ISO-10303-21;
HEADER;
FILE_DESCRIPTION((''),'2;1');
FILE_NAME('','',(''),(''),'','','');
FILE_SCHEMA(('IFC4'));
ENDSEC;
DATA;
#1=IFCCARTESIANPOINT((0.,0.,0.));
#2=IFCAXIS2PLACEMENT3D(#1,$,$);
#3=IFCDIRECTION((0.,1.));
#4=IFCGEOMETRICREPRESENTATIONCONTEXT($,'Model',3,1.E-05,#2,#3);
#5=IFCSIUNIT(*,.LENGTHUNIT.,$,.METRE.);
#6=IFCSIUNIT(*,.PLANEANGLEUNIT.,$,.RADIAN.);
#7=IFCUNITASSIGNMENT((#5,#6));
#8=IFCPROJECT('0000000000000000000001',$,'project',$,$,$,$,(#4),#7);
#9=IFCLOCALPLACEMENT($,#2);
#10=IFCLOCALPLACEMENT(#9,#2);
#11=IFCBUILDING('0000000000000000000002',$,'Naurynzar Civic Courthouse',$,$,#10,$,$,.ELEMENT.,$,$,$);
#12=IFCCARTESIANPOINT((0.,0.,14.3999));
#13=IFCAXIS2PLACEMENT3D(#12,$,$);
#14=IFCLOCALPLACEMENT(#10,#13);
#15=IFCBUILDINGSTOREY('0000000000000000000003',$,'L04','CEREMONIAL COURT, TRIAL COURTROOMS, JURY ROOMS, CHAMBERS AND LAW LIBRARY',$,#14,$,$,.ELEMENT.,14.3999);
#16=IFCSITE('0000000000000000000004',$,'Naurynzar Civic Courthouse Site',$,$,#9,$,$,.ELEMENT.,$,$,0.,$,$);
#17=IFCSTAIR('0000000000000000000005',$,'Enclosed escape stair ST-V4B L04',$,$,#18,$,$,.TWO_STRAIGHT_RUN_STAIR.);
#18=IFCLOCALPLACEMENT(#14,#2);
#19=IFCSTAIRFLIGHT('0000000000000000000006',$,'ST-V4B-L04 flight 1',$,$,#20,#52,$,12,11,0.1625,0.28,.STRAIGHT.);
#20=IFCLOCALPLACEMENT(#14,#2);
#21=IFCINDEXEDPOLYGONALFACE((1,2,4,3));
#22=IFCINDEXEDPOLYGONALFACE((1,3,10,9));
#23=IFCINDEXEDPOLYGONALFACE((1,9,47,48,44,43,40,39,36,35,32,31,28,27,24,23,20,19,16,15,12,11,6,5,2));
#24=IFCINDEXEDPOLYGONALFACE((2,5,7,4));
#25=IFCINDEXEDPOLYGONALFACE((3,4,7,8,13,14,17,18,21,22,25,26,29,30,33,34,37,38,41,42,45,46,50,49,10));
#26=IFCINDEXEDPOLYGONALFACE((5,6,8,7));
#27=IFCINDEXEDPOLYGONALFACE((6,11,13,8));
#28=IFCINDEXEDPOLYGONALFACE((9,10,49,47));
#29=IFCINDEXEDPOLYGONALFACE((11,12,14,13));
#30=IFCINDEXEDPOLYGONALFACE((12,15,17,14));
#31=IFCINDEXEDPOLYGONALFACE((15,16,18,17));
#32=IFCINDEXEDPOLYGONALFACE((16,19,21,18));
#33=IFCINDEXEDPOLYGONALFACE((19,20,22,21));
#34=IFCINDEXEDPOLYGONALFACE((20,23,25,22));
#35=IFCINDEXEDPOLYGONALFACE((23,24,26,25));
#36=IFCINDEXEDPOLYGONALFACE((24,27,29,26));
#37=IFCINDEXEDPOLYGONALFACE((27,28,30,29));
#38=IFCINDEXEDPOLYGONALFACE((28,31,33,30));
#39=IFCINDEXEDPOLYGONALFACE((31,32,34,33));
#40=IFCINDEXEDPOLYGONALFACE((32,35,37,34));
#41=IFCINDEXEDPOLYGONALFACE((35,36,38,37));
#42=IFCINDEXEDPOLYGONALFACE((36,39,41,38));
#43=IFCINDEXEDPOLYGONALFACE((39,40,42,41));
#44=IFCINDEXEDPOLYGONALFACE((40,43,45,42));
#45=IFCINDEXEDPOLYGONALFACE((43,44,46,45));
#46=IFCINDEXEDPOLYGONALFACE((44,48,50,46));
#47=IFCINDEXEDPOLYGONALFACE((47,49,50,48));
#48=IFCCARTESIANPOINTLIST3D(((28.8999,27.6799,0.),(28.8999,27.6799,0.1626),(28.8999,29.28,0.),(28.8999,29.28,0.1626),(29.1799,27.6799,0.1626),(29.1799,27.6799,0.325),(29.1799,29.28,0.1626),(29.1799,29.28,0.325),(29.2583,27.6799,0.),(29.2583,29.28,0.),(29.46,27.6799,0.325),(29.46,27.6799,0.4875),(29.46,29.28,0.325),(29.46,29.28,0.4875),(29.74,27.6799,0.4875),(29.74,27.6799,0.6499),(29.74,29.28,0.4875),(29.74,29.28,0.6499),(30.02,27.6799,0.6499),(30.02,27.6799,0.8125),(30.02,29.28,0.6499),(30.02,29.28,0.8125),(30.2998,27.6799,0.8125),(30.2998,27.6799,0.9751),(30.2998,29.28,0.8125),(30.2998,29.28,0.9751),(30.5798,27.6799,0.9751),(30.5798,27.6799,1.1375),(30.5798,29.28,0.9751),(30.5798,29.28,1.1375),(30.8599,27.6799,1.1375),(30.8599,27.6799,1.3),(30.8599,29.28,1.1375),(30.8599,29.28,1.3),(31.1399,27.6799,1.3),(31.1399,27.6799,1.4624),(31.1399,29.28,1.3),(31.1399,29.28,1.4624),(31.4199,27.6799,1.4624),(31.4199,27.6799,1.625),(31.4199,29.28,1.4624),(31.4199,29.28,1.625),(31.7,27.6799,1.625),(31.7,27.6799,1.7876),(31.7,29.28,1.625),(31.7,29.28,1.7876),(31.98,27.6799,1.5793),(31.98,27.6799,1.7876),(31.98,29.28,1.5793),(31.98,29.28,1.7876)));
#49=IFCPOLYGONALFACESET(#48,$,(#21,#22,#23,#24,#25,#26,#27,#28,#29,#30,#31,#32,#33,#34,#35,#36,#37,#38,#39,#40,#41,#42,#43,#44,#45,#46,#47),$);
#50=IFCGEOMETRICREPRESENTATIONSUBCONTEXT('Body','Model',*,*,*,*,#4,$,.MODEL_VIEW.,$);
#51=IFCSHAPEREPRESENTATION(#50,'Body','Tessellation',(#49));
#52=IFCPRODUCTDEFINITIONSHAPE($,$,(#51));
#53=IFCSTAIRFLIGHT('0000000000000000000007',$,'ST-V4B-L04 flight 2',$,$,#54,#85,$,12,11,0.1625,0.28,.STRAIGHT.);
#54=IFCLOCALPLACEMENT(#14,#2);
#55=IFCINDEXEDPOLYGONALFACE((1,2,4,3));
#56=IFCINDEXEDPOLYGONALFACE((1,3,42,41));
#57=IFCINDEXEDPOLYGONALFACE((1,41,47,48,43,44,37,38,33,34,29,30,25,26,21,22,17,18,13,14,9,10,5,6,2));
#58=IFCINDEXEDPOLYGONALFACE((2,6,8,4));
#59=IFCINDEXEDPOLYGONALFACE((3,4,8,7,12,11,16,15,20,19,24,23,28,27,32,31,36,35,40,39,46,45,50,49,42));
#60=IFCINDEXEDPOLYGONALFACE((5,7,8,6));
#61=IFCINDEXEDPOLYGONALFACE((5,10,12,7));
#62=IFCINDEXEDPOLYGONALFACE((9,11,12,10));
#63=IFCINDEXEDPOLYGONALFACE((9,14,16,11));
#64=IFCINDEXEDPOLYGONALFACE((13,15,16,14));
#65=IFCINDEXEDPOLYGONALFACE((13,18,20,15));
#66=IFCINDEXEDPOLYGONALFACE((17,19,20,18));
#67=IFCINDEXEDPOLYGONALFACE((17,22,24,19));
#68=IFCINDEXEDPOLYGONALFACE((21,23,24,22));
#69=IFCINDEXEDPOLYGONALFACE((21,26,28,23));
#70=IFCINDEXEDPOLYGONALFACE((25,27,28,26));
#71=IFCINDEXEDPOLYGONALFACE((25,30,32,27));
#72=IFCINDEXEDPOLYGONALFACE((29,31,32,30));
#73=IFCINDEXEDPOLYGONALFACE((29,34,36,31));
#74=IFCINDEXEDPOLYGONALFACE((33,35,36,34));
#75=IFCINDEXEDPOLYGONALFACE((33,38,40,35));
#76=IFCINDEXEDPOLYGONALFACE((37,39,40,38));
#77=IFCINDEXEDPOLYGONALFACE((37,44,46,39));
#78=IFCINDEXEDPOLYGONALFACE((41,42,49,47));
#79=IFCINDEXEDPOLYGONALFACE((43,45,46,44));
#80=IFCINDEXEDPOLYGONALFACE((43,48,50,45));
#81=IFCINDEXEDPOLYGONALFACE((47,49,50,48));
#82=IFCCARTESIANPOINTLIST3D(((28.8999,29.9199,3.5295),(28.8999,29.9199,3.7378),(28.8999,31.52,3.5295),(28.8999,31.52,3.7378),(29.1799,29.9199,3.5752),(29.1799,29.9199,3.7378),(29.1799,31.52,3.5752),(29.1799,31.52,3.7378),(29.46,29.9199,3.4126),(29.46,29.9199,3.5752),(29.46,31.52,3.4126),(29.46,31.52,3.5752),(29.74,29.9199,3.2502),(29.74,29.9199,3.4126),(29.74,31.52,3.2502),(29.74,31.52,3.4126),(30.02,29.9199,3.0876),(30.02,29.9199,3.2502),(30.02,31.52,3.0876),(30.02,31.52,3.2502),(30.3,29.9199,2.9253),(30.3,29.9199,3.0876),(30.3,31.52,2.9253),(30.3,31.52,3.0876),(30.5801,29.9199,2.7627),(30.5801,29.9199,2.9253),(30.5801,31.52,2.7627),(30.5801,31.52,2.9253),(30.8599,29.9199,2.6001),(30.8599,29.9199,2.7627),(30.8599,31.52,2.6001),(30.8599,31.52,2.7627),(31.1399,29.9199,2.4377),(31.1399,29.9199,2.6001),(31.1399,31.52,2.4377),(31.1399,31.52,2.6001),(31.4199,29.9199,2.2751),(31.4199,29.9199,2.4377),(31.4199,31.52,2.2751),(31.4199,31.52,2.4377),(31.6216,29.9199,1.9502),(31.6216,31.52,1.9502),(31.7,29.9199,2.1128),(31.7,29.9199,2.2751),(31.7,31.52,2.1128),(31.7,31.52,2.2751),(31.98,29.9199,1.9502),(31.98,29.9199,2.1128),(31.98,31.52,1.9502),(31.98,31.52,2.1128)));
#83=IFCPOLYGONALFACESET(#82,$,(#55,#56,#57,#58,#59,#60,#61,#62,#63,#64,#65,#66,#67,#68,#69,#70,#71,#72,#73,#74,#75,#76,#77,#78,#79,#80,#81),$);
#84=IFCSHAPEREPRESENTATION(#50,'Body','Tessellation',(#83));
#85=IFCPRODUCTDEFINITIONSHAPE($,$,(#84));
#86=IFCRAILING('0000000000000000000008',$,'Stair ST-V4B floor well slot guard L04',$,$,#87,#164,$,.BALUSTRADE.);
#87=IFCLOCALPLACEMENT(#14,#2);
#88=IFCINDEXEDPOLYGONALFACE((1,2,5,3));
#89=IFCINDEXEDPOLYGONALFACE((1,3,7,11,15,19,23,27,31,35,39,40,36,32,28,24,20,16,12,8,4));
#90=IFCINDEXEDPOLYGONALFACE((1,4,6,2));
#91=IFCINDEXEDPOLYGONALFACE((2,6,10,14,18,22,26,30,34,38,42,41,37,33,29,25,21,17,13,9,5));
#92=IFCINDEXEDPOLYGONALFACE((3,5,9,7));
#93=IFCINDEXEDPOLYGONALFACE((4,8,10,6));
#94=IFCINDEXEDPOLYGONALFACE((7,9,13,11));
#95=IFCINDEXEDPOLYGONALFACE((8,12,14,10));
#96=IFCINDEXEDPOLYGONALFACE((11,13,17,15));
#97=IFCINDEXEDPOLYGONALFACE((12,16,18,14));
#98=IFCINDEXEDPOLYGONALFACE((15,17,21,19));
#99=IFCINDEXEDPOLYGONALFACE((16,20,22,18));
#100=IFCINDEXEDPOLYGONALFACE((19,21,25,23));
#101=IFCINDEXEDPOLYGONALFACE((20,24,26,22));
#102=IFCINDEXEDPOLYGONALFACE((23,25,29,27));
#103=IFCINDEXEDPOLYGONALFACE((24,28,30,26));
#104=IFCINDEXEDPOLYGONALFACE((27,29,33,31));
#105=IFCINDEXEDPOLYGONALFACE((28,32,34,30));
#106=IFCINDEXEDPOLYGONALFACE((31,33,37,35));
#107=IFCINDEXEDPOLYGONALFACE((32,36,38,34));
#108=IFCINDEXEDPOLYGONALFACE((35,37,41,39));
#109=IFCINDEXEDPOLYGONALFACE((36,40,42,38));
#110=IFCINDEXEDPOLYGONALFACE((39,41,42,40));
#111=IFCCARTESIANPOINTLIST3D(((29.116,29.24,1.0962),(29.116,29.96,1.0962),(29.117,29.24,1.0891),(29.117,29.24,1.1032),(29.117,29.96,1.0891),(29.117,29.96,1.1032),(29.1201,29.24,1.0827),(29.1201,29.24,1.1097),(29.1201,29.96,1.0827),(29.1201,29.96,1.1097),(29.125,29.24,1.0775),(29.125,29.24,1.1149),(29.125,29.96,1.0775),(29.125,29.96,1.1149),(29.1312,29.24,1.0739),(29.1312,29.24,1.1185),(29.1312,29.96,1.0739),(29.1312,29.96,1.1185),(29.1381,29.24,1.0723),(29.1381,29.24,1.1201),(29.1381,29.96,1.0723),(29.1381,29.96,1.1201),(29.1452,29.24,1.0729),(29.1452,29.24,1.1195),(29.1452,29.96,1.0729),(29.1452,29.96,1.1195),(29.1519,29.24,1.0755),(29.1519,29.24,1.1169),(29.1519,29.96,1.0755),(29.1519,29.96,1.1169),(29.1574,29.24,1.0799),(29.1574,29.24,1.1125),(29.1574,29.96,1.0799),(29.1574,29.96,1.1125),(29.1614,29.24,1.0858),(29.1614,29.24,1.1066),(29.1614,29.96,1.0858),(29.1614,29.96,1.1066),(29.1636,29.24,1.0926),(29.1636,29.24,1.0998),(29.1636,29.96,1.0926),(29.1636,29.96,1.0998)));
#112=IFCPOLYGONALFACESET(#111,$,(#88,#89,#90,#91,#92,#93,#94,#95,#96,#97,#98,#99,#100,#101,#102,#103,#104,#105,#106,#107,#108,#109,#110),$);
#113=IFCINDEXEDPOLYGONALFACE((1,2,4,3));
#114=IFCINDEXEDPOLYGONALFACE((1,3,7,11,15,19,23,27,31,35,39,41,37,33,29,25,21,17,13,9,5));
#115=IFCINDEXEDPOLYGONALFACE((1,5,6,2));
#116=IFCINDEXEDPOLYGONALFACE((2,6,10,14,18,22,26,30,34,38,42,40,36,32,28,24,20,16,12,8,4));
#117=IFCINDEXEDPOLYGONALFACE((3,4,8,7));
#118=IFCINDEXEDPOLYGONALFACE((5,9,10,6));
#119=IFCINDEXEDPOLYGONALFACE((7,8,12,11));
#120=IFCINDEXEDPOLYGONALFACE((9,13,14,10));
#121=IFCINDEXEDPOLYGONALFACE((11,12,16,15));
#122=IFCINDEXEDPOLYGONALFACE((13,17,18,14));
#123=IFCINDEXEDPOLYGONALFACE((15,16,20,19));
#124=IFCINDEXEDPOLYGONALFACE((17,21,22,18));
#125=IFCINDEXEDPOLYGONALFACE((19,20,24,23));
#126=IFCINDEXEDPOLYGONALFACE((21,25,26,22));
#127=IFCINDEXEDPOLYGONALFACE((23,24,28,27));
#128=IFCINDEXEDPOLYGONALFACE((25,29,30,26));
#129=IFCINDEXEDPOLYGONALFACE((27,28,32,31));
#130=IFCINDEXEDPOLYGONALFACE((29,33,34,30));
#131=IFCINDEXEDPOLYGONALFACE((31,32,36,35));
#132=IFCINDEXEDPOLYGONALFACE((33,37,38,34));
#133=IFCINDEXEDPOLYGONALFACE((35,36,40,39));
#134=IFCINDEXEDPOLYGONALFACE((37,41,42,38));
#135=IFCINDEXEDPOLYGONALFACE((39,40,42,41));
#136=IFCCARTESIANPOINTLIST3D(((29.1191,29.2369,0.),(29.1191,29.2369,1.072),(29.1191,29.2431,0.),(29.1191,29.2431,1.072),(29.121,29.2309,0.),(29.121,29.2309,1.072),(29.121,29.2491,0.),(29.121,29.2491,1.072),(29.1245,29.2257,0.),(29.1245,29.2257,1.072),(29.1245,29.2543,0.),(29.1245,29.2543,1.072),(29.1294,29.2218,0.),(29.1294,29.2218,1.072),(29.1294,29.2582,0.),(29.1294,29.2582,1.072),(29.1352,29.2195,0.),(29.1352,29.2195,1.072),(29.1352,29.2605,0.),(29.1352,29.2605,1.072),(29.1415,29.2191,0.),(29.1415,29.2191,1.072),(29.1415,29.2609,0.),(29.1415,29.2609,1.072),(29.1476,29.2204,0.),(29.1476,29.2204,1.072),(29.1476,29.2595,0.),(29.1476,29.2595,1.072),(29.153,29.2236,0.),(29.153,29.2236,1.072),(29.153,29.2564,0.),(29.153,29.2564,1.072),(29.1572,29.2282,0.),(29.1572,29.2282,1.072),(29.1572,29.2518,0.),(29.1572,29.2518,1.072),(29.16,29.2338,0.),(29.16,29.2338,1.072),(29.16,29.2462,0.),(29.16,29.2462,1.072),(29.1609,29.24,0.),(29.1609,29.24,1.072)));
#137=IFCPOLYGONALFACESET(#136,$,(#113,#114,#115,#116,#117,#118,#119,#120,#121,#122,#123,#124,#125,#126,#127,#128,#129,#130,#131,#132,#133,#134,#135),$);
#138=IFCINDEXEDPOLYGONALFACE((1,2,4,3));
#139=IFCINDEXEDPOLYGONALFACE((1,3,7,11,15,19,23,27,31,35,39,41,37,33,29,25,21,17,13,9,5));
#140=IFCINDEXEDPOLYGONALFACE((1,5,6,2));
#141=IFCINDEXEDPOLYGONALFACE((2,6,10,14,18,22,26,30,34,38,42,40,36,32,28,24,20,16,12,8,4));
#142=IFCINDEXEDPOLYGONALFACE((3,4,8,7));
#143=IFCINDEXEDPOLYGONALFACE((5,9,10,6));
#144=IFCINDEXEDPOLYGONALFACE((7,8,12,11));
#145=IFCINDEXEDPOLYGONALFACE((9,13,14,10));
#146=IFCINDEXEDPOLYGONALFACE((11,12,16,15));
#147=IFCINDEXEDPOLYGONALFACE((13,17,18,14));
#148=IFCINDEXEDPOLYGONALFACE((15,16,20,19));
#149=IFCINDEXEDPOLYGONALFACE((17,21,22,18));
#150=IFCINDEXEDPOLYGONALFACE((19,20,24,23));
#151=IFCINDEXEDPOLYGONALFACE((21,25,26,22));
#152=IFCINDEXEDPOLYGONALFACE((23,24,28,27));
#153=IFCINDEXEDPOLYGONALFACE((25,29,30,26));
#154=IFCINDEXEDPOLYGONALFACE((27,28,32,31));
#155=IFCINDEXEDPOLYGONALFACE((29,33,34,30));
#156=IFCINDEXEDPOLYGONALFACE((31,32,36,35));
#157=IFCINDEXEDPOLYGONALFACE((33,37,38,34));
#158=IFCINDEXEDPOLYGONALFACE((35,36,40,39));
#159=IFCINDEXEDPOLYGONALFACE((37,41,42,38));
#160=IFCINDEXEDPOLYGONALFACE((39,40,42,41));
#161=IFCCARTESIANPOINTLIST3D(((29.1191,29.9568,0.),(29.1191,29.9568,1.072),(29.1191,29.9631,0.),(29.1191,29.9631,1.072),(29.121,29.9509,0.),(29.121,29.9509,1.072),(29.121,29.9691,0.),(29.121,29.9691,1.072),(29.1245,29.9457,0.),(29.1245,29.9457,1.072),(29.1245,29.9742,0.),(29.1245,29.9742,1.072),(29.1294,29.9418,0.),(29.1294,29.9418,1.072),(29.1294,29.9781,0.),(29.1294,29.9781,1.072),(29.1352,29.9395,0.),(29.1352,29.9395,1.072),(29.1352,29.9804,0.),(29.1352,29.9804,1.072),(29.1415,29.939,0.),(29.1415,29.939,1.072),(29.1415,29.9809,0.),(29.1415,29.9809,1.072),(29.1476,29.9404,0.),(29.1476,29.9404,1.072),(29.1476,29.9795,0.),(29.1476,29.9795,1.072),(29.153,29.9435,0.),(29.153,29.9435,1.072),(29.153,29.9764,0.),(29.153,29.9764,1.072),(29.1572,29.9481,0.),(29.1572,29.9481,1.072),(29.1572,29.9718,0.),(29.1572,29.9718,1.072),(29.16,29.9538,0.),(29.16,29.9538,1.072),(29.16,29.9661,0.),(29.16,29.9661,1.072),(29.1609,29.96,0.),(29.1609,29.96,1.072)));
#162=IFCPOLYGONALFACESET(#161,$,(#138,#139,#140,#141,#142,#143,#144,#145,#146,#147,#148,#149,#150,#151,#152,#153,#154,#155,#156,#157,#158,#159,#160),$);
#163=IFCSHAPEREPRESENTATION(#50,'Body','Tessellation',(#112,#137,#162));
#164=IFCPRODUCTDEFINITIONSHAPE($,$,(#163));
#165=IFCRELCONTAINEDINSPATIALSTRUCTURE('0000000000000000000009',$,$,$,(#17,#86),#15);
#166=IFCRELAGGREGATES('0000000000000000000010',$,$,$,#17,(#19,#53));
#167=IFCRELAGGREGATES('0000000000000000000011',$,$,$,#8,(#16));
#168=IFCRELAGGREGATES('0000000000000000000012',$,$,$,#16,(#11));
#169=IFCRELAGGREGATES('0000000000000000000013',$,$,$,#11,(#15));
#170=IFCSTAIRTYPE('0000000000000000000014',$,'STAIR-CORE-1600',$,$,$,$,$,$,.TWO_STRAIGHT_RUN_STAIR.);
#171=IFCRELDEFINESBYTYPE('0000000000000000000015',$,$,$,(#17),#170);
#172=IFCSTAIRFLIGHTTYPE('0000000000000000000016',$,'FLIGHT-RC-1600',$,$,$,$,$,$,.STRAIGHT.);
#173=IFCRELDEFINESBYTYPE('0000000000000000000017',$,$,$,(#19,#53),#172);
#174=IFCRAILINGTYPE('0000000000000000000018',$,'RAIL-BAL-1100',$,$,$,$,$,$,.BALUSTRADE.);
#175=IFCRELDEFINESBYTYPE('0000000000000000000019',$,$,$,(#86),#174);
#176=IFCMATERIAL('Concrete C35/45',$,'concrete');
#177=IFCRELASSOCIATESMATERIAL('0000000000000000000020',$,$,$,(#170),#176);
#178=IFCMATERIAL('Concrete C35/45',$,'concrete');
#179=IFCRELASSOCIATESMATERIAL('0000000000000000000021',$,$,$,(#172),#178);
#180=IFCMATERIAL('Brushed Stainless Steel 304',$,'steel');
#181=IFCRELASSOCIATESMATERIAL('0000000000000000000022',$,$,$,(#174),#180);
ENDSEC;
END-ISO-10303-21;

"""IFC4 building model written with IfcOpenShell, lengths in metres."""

from ifc_helpers import new_model, si_unit, direction, frame, origin, origin_2d, place, context, subcontext, project, spatial, polyline, circle, outline, extrude, material, type_object, element, aggregate, save


model = new_model("IFC4")

# Units and contexts
model_context = context("Model", 3, precision=1e-05, world=origin(), true_north=direction((0.0, 1.0)))
body_context = subcontext(model_context, "Body", "Model", "MODEL_VIEW")
ifc_project = project(units=[si_unit("LENGTHUNIT", "METRE"), si_unit("PLANEANGLEUNIT", "RADIAN")], contexts=[model_context])

# Site, building, storey
site_placement = place(None, origin())
site = spatial("IfcSite", under=ifc_project, at=site_placement, Name="Naurynzar Civic Courthouse Site", CompositionType="ELEMENT", RefElevation=0.0)
building_placement = place(site_placement, origin())
building = spatial("IfcBuilding", under=site, at=building_placement, Name="Naurynzar Civic Courthouse", CompositionType="ELEMENT")
storey_placement = place(building_placement, frame((0.0, 0.0, 14.3999)))
storey = spatial("IfcBuildingStorey", under=building, at=storey_placement, Name="L04", Description="CEREMONIAL COURT, TRIAL COURTROOMS, JURY ROOMS, CHAMBERS AND LAW LIBRARY", CompositionType="ELEMENT", Elevation=14.3999)

# Stair, stair flights
ifc_material_1 = material(Name="Concrete C35/45", Category="concrete")
stair_type = type_object("IfcStairType", Name="STAIR-CORE-1600", PredefinedType="TWO_STRAIGHT_RUN_STAIR", material=ifc_material_1)
stair_placement = place(storey_placement, origin())
stair = element("IfcStair", 1, at=stair_placement, inside=storey, type_object=stair_type, Name="Enclosed escape stair ST-V4B L04", PredefinedType="TWO_STRAIGHT_RUN_STAIR")
ifc_material_2 = material(Name="Concrete C35/45", Category="concrete")
stair_flight_type = type_object("IfcStairFlightType", Name="FLIGHT-RC-1600", PredefinedType="STRAIGHT", material=ifc_material_2)
stair_flight_1_placement = place(storey_placement, frame((28.8999, 28.48, 0.0), z_axis=(0.0, 0.0, 1.0), x_axis=(1.0, 0.0, 0.0)))
stair_flight_1 = element("IfcStairFlight", 2, at=stair_flight_1_placement, type_object=stair_flight_type, Name="ST-V4B-L04 flight 1", NumberOfRisers=12, NumberOfTreads=11, PredefinedType="STRAIGHT", RiserHeight=0.1625, TreadLength=0.28, context=body_context, shape_type="SweptSolid", body=[
    extrude(outline(polyline([(0.0, 0.0), (0.0, 0.1626), (0.28, 0.1626), (0.28, 0.325), (0.5601, 0.325), (0.5601, 0.4875), (0.8401, 0.4875), (0.8401, 0.6499), (1.1201, 0.6499), (1.1201, 0.8125), (1.3999, 0.8125), (1.3999, 0.9751), (1.6799, 0.9751), (1.6799, 1.1375), (1.96, 1.1375), (1.96, 1.3), (2.24, 1.3), (2.24, 1.4624), (2.52, 1.4624), (2.52, 1.625), (2.8, 1.625), (2.8, 1.7876), (3.0801, 1.7876), (3.0801, 1.95), (3.0801, 1.5793), (0.3584, 0.0), (0.0, 0.0)])), frame((0.0, 0.8, 0.0), z_axis=(0.0, -1.0, 0.0), x_axis=(1.0, 0.0, 0.0)), (0.0, 0.0, 1.0), 1.6001),
])
stair_flight_2_placement = place(storey_placement, frame((31.98, 30.72, 1.9502), z_axis=(0.0, 0.0, 1.0), x_axis=(-1.0, 0.0, 0.0)))
stair_flight_2 = element("IfcStairFlight", 3, at=stair_flight_2_placement, type_object=stair_flight_type, Name="ST-V4B-L04 flight 2", NumberOfRisers=12, NumberOfTreads=11, PredefinedType="STRAIGHT", RiserHeight=0.1625, TreadLength=0.28, context=body_context, shape_type="SweptSolid", body=[
    extrude(outline(polyline([(0.0, 0.0), (0.0, 0.1626), (0.28, 0.1626), (0.28, 0.325), (0.5601, 0.325), (0.5601, 0.4875), (0.8401, 0.4875), (0.8401, 0.6499), (1.1201, 0.6499), (1.1201, 0.8125), (1.3999, 0.8125), (1.3999, 0.9751), (1.6799, 0.9751), (1.6799, 1.1375), (1.96, 1.1375), (1.96, 1.3), (2.24, 1.3), (2.24, 1.4624), (2.52, 1.4624), (2.52, 1.625), (2.8, 1.625), (2.8, 1.7876), (3.0801, 1.7876), (3.0801, 1.95), (3.0801, 1.5793), (0.3584, 0.0), (0.0, 0.0)])), frame((0.0, 0.8, 0.0), z_axis=(0.0, -1.0, 0.0), x_axis=(1.0, 0.0, 0.0)), (0.0, 0.0, 1.0), 1.6001),
])
aggregate(stair, [stair_flight_1, stair_flight_2])

# Railing
ifc_material_3 = material(Name="Brushed Stainless Steel 304", Category="steel")
railing_type_1 = type_object("IfcRailingType", Name="RAIL-BAL-1100", PredefinedType="BALUSTRADE", material=ifc_material_3)
for number, where, name in (
    (4, (29.1399, 29.24, 0.0), "Stair ST-V4B floor well slot guard L04"),
):
    element("IfcRailing", number, at=place(storey_placement, frame(where)), inside=storey, type_object=railing_type_1, Name=name, PredefinedType="BALUSTRADE", context=body_context, shape_type="SweptSolid", body=[
        extrude(circle(Radius=0.0239, at=origin_2d()), frame((0.0, 0.0, 1.0962), z_axis=(0.0, 1.0, 0.0), x_axis=(-1.0, 0.0, 0.0)), (0.0, 0.0, 1.0), 0.72),
        extrude(circle(Radius=0.021, at=origin_2d()), origin(), (0.0, 0.0, 1.0), 1.072),
        extrude(circle(Radius=0.021, at=origin_2d()), frame((0.0, 0.72, 0.0)), (0.0, 0.0, 1.0), 1.072),
    ])

save(model, "model.ifc")
